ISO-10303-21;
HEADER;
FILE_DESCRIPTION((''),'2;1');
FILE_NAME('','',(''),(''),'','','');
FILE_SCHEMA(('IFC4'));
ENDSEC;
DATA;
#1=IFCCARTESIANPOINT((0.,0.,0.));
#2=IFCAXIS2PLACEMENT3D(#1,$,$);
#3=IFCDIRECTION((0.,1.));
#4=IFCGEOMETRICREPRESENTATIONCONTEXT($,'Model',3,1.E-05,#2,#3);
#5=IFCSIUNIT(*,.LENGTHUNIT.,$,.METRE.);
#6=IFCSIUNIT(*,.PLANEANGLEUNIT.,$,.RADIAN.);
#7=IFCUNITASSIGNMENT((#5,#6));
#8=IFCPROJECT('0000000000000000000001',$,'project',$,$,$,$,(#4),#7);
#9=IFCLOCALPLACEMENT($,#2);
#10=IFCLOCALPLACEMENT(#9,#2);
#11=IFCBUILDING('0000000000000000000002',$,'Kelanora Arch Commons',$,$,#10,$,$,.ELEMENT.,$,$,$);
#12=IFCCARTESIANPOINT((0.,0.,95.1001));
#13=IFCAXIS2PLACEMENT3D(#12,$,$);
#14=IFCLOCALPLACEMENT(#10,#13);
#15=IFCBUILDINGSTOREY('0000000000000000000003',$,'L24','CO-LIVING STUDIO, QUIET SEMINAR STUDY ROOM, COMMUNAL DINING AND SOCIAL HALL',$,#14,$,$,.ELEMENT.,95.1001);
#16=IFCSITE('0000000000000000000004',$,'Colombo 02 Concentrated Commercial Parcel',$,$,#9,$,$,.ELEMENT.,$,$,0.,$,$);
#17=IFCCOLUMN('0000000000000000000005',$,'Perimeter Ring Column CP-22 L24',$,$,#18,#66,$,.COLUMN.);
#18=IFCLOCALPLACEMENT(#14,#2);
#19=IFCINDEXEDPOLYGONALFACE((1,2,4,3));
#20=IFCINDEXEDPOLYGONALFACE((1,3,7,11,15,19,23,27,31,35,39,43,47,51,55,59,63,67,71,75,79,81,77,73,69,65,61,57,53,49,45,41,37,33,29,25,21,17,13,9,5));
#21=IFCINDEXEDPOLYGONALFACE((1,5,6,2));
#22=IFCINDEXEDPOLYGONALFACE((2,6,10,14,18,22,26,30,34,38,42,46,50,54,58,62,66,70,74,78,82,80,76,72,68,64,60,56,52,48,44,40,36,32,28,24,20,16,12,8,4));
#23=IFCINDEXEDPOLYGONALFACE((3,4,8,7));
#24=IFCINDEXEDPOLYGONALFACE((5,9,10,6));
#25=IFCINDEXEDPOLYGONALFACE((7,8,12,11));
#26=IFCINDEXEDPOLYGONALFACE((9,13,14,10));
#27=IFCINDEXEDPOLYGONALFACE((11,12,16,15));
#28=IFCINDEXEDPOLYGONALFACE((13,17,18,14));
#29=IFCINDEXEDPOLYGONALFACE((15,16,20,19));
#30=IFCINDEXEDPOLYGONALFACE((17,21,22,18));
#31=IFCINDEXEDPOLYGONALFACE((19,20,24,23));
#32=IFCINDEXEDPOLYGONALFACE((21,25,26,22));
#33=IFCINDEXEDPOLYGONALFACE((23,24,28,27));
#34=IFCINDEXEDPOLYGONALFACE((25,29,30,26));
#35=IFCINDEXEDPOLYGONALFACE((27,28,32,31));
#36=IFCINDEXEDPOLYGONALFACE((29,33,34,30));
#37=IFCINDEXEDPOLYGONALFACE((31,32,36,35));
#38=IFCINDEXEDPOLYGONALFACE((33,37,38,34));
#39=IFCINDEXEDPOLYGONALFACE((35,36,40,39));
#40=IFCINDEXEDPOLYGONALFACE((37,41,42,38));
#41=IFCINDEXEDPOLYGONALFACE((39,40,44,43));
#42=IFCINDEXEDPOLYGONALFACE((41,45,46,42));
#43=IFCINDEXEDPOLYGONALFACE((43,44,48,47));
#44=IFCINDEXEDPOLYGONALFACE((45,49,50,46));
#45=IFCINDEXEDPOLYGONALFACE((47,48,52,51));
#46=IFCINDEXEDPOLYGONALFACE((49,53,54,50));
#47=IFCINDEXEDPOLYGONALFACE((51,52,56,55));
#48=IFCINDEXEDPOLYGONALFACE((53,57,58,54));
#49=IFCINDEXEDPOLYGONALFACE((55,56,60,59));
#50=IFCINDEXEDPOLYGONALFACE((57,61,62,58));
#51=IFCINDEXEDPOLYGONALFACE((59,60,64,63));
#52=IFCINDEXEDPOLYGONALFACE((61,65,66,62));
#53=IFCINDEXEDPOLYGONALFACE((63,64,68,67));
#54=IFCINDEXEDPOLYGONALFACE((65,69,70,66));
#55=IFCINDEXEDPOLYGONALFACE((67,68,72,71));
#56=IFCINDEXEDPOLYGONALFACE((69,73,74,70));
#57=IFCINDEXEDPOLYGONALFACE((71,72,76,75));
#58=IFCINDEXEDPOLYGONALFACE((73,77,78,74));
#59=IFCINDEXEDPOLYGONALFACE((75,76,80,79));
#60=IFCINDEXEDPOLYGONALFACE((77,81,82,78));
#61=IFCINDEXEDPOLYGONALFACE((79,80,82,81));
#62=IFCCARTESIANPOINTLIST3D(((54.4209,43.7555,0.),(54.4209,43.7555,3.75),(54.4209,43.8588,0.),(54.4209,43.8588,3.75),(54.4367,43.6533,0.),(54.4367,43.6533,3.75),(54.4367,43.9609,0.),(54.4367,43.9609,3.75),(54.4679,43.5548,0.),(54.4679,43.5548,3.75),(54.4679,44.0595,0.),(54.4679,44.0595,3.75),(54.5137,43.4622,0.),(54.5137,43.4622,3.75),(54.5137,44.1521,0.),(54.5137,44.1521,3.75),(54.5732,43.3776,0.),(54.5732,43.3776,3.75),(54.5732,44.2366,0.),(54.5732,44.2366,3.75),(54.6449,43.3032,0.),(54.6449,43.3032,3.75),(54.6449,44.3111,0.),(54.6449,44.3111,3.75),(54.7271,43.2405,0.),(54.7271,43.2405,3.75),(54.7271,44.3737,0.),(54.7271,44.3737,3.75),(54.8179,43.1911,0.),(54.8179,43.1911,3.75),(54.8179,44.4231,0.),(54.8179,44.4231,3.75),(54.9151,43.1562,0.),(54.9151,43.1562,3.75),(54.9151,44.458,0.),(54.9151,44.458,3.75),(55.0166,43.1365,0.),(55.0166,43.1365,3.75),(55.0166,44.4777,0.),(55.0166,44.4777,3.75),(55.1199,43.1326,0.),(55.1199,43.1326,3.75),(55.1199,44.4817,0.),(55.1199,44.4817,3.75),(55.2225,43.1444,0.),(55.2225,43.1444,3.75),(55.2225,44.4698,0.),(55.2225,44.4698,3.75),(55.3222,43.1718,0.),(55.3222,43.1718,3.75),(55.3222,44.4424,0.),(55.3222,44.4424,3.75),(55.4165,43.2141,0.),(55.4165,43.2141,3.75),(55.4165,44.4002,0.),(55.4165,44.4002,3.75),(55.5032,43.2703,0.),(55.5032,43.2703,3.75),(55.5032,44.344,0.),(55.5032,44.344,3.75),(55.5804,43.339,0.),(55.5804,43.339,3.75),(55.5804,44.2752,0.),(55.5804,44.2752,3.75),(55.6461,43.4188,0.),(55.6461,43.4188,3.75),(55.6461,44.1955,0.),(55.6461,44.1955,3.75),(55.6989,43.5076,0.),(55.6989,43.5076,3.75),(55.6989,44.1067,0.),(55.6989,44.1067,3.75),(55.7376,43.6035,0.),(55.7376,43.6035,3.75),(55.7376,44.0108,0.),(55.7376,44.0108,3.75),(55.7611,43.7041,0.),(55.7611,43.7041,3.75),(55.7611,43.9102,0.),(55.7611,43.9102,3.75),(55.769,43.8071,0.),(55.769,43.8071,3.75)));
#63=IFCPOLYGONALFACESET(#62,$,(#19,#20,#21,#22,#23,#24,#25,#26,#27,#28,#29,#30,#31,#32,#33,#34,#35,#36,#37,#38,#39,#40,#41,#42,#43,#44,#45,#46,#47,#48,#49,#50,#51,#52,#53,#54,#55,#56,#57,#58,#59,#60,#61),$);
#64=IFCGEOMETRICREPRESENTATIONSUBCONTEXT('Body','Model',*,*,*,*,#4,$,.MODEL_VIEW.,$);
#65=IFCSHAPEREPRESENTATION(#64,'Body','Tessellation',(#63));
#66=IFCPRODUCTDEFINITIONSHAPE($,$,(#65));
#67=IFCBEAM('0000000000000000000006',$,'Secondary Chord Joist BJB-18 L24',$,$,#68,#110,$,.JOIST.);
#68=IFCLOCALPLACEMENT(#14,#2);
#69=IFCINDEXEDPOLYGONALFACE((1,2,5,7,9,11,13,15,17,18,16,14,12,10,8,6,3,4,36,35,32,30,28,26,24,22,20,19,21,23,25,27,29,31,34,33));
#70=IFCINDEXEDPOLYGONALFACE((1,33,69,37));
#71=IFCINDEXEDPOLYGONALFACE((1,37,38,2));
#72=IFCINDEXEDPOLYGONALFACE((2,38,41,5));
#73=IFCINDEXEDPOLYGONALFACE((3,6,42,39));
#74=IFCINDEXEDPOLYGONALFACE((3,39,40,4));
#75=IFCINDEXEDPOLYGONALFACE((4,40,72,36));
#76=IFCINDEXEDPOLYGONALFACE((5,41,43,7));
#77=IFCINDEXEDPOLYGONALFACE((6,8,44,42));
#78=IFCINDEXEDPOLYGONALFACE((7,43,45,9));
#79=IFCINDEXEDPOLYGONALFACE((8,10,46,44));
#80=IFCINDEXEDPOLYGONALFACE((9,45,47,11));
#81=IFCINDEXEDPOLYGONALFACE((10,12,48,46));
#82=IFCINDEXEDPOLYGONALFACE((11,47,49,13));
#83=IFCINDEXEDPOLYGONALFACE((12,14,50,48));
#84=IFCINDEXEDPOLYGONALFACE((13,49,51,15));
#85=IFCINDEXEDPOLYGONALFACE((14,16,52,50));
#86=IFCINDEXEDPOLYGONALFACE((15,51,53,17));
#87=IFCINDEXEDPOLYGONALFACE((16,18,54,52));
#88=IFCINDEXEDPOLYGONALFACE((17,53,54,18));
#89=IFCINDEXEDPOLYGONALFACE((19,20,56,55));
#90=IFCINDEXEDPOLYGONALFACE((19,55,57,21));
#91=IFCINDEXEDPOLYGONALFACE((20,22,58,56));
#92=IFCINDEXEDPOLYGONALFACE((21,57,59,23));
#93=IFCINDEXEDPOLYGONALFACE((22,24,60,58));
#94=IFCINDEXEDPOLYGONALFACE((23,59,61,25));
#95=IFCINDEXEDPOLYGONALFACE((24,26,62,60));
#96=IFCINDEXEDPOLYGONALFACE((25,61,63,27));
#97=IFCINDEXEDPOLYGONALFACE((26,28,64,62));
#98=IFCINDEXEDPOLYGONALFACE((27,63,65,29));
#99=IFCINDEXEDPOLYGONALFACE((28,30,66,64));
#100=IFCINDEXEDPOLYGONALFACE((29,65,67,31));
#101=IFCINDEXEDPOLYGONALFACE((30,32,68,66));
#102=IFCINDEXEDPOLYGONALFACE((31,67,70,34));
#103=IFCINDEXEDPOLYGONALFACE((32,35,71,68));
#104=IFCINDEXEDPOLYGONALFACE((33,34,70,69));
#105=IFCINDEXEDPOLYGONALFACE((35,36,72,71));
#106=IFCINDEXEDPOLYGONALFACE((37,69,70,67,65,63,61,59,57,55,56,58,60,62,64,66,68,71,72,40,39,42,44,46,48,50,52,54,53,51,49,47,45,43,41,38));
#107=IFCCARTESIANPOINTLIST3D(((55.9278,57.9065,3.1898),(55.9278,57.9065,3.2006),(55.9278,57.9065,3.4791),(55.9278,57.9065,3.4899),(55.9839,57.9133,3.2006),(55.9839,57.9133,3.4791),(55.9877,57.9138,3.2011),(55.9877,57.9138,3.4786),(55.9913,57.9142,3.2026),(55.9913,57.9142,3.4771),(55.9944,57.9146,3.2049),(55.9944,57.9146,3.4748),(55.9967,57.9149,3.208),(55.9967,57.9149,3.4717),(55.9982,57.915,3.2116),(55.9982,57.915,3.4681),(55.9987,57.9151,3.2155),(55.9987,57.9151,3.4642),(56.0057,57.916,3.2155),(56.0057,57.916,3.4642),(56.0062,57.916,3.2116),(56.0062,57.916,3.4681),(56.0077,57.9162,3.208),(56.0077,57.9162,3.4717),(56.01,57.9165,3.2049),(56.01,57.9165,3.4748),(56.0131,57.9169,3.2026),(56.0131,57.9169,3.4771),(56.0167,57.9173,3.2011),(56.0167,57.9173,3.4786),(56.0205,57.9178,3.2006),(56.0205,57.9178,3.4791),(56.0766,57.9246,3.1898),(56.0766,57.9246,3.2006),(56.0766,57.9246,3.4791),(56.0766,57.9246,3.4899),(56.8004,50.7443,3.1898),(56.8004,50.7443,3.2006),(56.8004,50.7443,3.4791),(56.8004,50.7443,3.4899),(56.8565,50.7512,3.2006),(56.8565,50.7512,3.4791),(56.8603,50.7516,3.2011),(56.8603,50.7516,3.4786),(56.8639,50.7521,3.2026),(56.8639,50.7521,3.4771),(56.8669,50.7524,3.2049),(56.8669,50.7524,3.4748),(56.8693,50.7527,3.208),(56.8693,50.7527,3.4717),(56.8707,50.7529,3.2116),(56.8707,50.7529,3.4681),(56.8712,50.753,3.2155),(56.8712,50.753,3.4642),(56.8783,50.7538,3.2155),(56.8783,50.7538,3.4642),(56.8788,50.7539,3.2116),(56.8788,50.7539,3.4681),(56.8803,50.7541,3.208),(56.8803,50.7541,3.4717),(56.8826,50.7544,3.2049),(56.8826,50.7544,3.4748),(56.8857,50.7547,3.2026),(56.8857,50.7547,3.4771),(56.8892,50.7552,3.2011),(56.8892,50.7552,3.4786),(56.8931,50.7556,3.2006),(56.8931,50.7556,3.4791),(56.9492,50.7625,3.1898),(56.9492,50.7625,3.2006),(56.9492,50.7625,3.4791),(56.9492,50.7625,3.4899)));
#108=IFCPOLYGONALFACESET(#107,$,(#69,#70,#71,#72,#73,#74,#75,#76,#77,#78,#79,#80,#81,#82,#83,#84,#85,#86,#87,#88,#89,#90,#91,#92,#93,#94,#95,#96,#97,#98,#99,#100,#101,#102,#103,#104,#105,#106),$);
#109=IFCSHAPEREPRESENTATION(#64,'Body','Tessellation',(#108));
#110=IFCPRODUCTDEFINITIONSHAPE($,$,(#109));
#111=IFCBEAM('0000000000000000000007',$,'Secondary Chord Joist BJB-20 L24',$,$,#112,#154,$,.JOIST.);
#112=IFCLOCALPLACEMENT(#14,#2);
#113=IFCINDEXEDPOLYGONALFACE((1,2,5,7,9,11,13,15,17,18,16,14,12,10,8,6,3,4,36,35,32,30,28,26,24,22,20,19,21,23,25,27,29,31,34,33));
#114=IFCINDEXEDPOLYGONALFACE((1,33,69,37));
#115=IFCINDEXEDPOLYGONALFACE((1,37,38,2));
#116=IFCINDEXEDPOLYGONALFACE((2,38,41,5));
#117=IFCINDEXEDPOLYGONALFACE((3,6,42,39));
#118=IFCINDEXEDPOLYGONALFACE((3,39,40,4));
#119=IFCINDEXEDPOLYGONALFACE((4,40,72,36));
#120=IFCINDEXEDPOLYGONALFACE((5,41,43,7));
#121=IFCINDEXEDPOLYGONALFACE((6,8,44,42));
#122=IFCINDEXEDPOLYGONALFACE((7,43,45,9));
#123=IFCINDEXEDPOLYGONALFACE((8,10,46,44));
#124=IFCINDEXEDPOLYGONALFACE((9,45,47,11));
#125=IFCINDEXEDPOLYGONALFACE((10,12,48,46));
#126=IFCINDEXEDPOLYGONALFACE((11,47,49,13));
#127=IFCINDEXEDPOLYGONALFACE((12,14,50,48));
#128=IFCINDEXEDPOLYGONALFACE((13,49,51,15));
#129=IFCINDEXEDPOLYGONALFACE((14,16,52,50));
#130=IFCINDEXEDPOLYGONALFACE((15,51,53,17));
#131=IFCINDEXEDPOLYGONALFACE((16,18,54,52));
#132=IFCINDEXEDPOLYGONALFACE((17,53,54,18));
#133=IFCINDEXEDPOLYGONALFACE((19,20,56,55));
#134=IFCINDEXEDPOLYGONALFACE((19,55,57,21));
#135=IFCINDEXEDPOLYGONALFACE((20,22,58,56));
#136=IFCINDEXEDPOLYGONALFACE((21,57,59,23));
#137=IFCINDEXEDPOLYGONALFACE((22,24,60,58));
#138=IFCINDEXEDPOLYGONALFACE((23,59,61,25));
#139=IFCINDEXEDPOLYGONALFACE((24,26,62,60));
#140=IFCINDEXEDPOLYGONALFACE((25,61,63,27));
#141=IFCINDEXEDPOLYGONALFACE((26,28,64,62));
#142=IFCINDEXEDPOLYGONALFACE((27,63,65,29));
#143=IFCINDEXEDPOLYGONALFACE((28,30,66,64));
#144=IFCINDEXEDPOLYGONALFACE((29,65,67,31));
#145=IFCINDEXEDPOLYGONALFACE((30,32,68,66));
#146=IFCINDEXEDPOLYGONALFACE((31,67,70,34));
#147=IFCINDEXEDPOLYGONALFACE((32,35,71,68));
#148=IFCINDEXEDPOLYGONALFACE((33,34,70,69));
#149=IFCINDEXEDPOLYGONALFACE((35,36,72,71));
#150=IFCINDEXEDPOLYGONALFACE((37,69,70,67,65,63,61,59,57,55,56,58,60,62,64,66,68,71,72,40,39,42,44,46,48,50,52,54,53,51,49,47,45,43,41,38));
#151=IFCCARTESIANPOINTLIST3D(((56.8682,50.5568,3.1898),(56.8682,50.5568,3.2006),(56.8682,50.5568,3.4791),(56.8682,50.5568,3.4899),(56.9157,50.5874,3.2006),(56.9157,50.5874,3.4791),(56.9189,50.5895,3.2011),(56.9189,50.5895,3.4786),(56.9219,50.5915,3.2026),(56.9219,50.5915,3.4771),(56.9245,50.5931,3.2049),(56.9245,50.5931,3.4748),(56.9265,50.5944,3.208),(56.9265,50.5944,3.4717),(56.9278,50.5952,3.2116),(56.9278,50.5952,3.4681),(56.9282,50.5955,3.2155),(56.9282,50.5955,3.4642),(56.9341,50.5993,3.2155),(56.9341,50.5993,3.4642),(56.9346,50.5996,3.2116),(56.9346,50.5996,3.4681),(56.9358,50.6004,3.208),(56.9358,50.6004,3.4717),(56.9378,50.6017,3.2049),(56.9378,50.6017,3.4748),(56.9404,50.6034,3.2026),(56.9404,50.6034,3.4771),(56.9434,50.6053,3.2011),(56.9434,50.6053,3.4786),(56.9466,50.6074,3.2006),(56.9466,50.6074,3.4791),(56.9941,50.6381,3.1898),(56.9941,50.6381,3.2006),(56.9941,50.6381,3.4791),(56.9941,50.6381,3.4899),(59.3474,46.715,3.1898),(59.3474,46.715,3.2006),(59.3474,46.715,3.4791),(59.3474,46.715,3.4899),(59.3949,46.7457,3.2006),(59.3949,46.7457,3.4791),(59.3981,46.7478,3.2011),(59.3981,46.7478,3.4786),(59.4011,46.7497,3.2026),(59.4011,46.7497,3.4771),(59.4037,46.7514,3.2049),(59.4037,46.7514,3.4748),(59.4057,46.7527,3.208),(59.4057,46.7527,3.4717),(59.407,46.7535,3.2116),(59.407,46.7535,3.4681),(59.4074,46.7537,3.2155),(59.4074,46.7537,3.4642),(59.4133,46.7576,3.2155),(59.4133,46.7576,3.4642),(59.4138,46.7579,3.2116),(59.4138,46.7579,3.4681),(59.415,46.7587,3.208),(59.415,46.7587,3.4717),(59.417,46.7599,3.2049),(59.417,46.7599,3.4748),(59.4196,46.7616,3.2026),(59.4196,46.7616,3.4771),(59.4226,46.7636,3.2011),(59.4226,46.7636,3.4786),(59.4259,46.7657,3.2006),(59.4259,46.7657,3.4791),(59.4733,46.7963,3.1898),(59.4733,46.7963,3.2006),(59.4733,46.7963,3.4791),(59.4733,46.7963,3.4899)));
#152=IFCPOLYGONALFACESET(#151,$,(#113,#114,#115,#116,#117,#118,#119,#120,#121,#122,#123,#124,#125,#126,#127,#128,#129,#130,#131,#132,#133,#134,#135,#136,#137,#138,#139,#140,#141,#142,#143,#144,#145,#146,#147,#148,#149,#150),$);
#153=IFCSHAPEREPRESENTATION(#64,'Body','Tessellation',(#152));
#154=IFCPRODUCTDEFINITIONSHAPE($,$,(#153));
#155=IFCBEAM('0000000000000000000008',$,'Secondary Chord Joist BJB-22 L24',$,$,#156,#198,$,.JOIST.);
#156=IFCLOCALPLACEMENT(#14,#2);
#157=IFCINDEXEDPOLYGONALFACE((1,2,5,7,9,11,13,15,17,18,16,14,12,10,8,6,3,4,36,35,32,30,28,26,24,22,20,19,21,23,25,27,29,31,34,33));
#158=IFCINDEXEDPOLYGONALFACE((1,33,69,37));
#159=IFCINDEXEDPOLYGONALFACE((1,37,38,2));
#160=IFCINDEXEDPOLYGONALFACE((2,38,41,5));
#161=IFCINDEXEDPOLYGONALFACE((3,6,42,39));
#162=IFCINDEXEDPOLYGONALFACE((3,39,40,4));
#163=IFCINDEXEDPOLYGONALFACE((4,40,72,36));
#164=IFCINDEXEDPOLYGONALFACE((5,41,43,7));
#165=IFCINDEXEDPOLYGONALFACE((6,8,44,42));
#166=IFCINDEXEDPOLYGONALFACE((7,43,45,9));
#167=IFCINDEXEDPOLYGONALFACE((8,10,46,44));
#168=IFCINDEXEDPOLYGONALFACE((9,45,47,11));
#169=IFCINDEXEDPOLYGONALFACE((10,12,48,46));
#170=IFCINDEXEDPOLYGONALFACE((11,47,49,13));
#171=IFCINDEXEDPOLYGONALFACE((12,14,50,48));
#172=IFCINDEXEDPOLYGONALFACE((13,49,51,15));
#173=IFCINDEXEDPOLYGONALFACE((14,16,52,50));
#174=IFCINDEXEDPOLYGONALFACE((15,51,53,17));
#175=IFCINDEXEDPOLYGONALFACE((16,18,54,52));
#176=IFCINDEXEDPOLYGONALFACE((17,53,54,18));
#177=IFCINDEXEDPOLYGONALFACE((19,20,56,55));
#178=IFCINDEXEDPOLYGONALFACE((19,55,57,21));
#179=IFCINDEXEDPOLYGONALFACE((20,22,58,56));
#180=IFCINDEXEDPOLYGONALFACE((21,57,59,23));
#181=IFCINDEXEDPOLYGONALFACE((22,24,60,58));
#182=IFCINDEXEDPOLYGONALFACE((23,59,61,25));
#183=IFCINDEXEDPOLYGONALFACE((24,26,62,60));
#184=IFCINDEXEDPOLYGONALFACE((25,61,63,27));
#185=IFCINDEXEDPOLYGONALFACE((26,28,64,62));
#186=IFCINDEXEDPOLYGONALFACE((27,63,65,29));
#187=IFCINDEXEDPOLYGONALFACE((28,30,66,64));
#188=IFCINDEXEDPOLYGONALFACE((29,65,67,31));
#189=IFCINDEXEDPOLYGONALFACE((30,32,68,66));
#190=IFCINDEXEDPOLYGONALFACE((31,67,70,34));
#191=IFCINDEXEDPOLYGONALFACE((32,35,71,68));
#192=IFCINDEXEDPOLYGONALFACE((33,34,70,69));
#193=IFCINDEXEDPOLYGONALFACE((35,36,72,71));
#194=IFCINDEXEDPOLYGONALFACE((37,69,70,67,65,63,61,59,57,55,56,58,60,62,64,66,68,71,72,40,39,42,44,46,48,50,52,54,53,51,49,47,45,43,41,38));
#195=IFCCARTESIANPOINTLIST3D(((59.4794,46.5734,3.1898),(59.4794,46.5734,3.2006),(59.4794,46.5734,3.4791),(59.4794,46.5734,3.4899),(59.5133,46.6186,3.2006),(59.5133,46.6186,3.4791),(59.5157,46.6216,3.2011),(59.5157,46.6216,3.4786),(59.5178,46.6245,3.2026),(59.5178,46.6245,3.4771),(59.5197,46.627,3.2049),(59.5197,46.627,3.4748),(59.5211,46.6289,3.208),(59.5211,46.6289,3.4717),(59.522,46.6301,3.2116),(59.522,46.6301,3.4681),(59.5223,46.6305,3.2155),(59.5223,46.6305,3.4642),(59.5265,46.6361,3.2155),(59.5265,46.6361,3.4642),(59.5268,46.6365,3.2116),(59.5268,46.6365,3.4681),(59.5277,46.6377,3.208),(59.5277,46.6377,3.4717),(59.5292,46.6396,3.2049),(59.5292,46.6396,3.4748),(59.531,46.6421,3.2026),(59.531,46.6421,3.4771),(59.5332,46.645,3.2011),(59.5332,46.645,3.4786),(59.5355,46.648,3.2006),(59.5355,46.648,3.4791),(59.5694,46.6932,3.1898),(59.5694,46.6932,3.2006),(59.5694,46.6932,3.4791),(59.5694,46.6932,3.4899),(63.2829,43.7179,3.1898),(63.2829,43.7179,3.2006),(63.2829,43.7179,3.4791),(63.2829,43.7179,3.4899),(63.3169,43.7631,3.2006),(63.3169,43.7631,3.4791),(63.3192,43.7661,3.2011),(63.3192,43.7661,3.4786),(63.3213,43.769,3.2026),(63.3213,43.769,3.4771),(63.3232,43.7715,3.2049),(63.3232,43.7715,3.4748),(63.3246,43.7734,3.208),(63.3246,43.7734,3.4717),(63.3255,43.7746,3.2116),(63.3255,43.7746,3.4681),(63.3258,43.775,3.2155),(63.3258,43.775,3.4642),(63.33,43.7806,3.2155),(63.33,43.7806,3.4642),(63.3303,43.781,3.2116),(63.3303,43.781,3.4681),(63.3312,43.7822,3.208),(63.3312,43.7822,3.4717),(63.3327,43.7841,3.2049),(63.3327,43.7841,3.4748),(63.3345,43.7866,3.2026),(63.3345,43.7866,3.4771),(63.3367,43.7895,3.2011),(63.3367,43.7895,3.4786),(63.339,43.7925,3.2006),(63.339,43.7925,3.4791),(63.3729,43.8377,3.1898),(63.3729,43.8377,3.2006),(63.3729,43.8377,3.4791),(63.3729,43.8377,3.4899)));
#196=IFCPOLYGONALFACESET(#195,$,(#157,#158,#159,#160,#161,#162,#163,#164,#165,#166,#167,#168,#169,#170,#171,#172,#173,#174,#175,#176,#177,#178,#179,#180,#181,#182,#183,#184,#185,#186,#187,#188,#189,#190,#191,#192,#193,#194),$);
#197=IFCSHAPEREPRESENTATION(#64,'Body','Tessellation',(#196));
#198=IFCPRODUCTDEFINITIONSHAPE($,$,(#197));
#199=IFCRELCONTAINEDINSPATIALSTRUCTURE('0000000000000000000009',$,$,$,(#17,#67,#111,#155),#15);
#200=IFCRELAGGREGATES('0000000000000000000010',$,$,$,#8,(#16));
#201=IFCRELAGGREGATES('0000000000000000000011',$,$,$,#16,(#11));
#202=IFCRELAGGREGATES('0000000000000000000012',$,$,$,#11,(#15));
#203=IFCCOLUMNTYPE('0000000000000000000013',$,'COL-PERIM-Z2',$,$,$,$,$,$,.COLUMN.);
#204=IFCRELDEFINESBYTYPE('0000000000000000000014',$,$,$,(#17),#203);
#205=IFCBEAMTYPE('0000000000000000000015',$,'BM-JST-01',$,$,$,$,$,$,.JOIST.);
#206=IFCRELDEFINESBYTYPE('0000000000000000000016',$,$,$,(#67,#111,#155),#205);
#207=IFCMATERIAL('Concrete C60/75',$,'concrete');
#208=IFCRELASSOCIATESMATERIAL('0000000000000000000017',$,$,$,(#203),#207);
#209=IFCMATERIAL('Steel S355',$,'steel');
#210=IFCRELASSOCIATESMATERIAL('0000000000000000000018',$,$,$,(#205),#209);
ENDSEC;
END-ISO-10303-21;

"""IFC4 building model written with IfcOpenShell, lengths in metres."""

from ifc_helpers import new_model, si_unit, direction, frame, origin, origin_2d, place, context, subcontext, project, spatial, circle, i_section, extrude, material, material_profile, profile_set, type_object, element, save


model = new_model("IFC4")

# Units and contexts
model_context = context("Model", 3, precision=1e-05, world=origin(), true_north=direction((0.0, 1.0)))
body_context = subcontext(model_context, "Body", "Model", "MODEL_VIEW")
ifc_project = project(units=[si_unit("LENGTHUNIT", "METRE"), si_unit("PLANEANGLEUNIT", "RADIAN")], contexts=[model_context])

# Site, building, storey
site_placement = place(None, origin())
site = spatial("IfcSite", under=ifc_project, at=site_placement, Name="Colombo 02 Concentrated Commercial Parcel", CompositionType="ELEMENT", RefElevation=0.0)
building_placement = place(site_placement, origin())
building = spatial("IfcBuilding", under=site, at=building_placement, Name="Kelanora Arch Commons", CompositionType="ELEMENT")
storey_placement = place(building_placement, frame((0.0, 0.0, 95.1001)))
storey = spatial("IfcBuildingStorey", under=building, at=storey_placement, Name="L24", Description="CO-LIVING STUDIO, QUIET SEMINAR STUDY ROOM, COMMUNAL DINING AND SOCIAL HALL", CompositionType="ELEMENT", Elevation=95.1001)

# Column
ifc_material_1 = material(Name="Concrete C60/75", Category="concrete")
ifc_material_profile_1 = material_profile(ifc_material_1, circle(Radius=0.675, at=origin_2d()), Name="RCC1350")
ifc_profile_set_1 = profile_set([ifc_material_profile_1], Name="Concrete C60/75")
column_type = type_object("IfcColumnType", Name="COL-PERIM-Z2", PredefinedType="COLUMN", material=ifc_profile_set_1)
column_placement = place(storey_placement, frame((55.094, 43.8071, 0.0), z_axis=(0.0, 0.0, 1.0), x_axis=(1.0, 0.0, 0.0)))
element("IfcColumn", 1, at=column_placement, inside=storey, type_object=column_type, Name="Perimeter Ring Column CP-22 L24", PredefinedType="COLUMN", context=body_context, shape_type="SweptSolid", body=[
    extrude(circle(Radius=0.675, at=origin_2d()), origin(), (0.0, 0.0, 1.0), 3.75),
])

# Beams
ifc_material_2 = material(Name="Steel S355", Category="steel")
ifc_material_profile_2 = material_profile(ifc_material_2, i_section(OverallWidth=0.1499, OverallDepth=0.3, WebThickness=0.0071, FlangeThickness=0.0107, FilletRadius=0.0149, at=origin_2d()), Name="IPE300")
ifc_profile_set_2 = profile_set([ifc_material_profile_2], Name="Steel S355")
beam_type_1 = type_object("IfcBeamType", Name="BM-JST-01", PredefinedType="JOIST", material=ifc_profile_set_2)
beam_1_placement = place(storey_placement, frame((56.0022, 57.9155, 3.3398), z_axis=(0.120936, -0.99266, 0.0), x_axis=(0.99266, 0.120936, 0.0)))
element("IfcBeam", 2, at=beam_1_placement, inside=storey, type_object=beam_type_1, Name="Secondary Chord Joist BJB-18 L24", PredefinedType="JOIST", context=body_context, shape_type="SweptSolid", body=[
    extrude(i_section(OverallWidth=0.1499, OverallDepth=0.3, WebThickness=0.0071, FlangeThickness=0.0107, FilletRadius=0.0149, at=origin_2d()), origin(), (0.0, 0.0, 1.0), 7.2151),
])
beam_2_placement = place(storey_placement, frame((56.9312, 50.5974, 3.3398), z_axis=(0.54223, -0.84023, 0.0), x_axis=(0.84023, 0.54223, 0.0)))
element("IfcBeam", 3, at=beam_2_placement, inside=storey, type_object=beam_type_1, Name="Secondary Chord Joist BJB-20 L24", PredefinedType="JOIST", context=body_context, shape_type="SweptSolid", body=[
    extrude(i_section(OverallWidth=0.1499, OverallDepth=0.3, WebThickness=0.0071, FlangeThickness=0.0107, FilletRadius=0.0149, at=origin_2d()), origin(), (0.0, 0.0, 1.0), 4.5723),
])
beam_3_placement = place(storey_placement, frame((59.5244, 46.6333, 3.3398), z_axis=(0.79971, -0.600386, 0.0), x_axis=(0.600386, 0.79971, 0.0)))
element("IfcBeam", 4, at=beam_3_placement, inside=storey, type_object=beam_type_1, Name="Secondary Chord Joist BJB-22 L24", PredefinedType="JOIST", context=body_context, shape_type="SweptSolid", body=[
    extrude(i_section(OverallWidth=0.1499, OverallDepth=0.3, WebThickness=0.0071, FlangeThickness=0.0107, FilletRadius=0.0149, at=origin_2d()), origin(), (0.0, 0.0, 1.0), 4.7561),
])

save(model, "model.ifc")
